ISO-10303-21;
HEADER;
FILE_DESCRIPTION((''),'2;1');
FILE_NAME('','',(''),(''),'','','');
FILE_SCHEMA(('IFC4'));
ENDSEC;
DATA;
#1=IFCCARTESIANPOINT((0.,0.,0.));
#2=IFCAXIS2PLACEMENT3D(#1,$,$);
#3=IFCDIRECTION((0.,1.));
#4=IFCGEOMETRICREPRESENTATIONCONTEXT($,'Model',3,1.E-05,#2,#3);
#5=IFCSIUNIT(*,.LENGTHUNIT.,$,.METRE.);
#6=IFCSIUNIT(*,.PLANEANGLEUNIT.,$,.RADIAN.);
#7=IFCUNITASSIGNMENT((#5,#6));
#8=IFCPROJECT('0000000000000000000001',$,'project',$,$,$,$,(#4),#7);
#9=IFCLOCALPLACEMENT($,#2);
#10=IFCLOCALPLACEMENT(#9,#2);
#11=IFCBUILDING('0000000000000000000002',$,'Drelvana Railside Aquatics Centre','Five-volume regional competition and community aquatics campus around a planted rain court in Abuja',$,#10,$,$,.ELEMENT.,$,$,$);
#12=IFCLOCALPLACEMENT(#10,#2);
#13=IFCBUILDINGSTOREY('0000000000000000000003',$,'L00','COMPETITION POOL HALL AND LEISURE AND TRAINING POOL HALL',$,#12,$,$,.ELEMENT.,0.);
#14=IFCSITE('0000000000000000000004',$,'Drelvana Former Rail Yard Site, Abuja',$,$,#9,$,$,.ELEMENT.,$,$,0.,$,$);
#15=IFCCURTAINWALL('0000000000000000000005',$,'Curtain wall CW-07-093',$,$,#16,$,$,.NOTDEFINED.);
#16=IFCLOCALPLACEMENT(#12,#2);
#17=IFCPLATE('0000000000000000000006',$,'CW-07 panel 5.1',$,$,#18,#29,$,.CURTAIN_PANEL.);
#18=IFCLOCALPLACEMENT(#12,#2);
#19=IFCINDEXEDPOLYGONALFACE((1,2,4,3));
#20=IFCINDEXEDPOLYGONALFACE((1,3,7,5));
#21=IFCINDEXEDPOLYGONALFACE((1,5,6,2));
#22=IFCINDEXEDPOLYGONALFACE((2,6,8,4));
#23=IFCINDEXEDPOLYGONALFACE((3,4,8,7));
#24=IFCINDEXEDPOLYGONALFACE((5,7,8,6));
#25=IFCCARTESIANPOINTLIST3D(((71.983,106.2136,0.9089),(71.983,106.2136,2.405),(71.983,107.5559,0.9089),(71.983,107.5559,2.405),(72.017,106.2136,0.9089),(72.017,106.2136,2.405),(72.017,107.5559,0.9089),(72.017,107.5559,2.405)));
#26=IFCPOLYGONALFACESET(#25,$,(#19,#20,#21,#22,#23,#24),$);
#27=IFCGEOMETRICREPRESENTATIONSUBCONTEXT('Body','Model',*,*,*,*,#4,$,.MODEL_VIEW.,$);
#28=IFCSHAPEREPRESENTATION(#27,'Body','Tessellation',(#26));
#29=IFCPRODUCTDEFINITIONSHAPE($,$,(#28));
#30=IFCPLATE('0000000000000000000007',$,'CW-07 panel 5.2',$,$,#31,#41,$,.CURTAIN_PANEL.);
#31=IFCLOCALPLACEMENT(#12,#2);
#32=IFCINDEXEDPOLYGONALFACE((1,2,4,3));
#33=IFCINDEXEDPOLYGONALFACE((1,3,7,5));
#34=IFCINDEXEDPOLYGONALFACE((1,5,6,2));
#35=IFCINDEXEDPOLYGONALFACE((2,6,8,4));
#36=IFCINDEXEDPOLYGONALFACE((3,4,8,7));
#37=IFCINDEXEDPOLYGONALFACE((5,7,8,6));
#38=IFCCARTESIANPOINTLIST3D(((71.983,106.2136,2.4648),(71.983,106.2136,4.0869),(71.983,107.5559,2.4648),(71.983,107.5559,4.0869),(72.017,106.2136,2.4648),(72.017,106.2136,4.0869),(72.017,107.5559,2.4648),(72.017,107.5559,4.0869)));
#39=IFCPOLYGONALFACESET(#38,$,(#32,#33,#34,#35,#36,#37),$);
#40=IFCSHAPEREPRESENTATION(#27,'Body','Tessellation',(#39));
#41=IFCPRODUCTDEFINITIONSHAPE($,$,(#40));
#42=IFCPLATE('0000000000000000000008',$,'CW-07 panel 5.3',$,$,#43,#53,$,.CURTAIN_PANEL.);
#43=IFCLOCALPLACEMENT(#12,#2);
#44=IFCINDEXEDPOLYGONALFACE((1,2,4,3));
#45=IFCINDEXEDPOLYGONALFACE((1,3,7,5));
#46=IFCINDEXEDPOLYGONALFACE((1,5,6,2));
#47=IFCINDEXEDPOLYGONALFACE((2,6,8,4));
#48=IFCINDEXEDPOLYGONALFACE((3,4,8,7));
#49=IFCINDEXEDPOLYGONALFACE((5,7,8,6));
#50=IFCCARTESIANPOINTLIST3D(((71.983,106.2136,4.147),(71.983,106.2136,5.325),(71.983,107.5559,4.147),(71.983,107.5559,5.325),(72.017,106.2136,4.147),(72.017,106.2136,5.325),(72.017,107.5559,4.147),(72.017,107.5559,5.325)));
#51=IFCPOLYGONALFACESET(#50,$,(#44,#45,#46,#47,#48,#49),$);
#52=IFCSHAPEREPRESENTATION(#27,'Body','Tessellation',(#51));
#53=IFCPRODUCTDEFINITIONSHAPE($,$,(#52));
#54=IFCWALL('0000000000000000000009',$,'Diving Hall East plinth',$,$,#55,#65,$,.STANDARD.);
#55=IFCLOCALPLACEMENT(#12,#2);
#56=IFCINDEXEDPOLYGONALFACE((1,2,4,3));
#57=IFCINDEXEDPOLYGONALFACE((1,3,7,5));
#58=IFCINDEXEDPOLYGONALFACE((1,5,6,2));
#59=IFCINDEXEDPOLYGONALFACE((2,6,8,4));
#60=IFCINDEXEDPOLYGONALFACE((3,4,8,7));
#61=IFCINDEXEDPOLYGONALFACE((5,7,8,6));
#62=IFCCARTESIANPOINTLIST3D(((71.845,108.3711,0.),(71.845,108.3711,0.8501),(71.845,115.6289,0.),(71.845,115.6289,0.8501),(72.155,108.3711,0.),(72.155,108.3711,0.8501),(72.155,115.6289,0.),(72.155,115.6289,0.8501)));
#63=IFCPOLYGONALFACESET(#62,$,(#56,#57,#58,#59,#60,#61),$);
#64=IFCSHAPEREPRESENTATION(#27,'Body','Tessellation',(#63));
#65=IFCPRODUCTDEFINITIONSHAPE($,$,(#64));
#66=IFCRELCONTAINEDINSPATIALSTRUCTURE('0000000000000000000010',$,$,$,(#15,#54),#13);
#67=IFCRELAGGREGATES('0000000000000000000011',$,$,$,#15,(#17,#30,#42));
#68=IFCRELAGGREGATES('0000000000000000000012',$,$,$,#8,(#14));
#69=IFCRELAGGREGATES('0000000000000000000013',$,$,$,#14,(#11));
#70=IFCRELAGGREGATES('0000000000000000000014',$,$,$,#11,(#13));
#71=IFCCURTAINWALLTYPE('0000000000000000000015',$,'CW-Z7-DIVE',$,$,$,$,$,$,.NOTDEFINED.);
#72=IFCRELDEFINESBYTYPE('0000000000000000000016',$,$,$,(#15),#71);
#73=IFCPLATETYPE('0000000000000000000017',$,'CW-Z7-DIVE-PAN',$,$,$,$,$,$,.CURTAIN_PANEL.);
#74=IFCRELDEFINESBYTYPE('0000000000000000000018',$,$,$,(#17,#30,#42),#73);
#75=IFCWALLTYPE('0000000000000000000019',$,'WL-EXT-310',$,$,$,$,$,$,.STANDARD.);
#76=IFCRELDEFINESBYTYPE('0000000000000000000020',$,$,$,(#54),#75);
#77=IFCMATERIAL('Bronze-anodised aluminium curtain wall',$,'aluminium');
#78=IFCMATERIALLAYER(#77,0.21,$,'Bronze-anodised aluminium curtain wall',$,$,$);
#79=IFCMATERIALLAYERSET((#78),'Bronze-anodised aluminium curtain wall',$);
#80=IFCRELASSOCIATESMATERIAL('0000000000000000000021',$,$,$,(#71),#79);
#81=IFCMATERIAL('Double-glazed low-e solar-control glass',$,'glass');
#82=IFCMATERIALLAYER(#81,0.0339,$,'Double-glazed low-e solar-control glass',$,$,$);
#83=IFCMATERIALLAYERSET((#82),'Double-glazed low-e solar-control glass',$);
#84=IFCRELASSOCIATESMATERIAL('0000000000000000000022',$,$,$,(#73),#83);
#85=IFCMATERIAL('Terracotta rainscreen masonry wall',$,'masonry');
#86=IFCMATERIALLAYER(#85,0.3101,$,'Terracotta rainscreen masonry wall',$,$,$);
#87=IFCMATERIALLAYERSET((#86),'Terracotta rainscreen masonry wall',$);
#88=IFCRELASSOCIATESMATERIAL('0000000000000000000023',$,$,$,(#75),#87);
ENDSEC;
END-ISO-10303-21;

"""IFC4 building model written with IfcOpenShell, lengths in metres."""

from ifc_helpers import new_model, si_unit, direction, frame, frame_2d, origin, origin_2d, place, context, subcontext, project, spatial, rectangle, extrude, material, layer, layer_set, type_object, element, aggregate, save


model = new_model("IFC4")

# Units and contexts
model_context = context("Model", 3, precision=1e-05, world=origin(), true_north=direction((0.0, 1.0)))
body_context = subcontext(model_context, "Body", "Model", "MODEL_VIEW")
ifc_project = project(units=[si_unit("LENGTHUNIT", "METRE"), si_unit("PLANEANGLEUNIT", "RADIAN")], contexts=[model_context])

# Site, building, storey
site_placement = place(None, origin())
site = spatial("IfcSite", under=ifc_project, at=site_placement, Name="Drelvana Former Rail Yard Site, Abuja", CompositionType="ELEMENT", RefElevation=0.0)
building_placement = place(site_placement, origin())
building = spatial("IfcBuilding", under=site, at=building_placement, Name="Drelvana Railside Aquatics Centre", Description="Five-volume regional competition and community aquatics campus around a planted rain court in Abuja", CompositionType="ELEMENT")
storey_placement = place(building_placement, origin())
storey = spatial("IfcBuildingStorey", under=building, at=storey_placement, Name="L00", Description="COMPETITION POOL HALL AND LEISURE AND TRAINING POOL HALL", CompositionType="ELEMENT", Elevation=0.0)

# Curtain wall
ifc_material_1 = material(Name="Bronze-anodised aluminium curtain wall", Category="aluminium")
ifc_layer_1 = layer(ifc_material_1, 0.21, Name="Bronze-anodised aluminium curtain wall")
ifc_layer_set_1 = layer_set([ifc_layer_1], Name="Bronze-anodised aluminium curtain wall")
curtain_wall_type = type_object("IfcCurtainWallType", Name="CW-Z7-DIVE", PredefinedType="NOTDEFINED", material=ifc_layer_set_1)
curtain_wall_1_placement = place(storey_placement, origin())
curtain_wall_1 = element("IfcCurtainWall", 1, at=curtain_wall_1_placement, inside=storey, type_object=curtain_wall_type, Name="Curtain wall CW-07-093", PredefinedType="NOTDEFINED")

# Plates
ifc_material_2 = material(Name="Double-glazed low-e solar-control glass", Category="glass")
ifc_layer_2 = layer(ifc_material_2, 0.0339, Name="Double-glazed low-e solar-control glass")
ifc_layer_set_2 = layer_set([ifc_layer_2], Name="Double-glazed low-e solar-control glass")
plate_type = type_object("IfcPlateType", Name="CW-Z7-DIVE-PAN", PredefinedType="CURTAIN_PANEL", material=ifc_layer_set_2)
plate_1_placement = place(storey_placement, frame((72.0, 106.8848, 0.9089), z_axis=(0.0, 0.0, 1.0), x_axis=(0.0, 1.0, 0.0)))
plate_1 = element("IfcPlate", 2, at=plate_1_placement, type_object=plate_type, Name="CW-07 panel 5.1", PredefinedType="CURTAIN_PANEL", context=body_context, shape_type="SweptSolid", body=[
    extrude(rectangle(XDim=1.3423, YDim=0.0339, at=origin_2d()), origin(), (0.0, 0.0, 1.0), 1.4961),
])
plate_2_placement = place(storey_placement, frame((72.0, 106.8848, 2.4648), z_axis=(0.0, 0.0, 1.0), x_axis=(0.0, 1.0, 0.0)))
plate_2 = element("IfcPlate", 3, at=plate_2_placement, type_object=plate_type, Name="CW-07 panel 5.2", PredefinedType="CURTAIN_PANEL", context=body_context, shape_type="SweptSolid", body=[
    extrude(rectangle(XDim=1.3423, YDim=0.0339, at=origin_2d()), origin(), (0.0, 0.0, 1.0), 1.6221),
])
plate_3_placement = place(storey_placement, frame((72.0, 106.8848, 4.147), z_axis=(0.0, 0.0, 1.0), x_axis=(0.0, 1.0, 0.0)))
plate_3 = element("IfcPlate", 4, at=plate_3_placement, type_object=plate_type, Name="CW-07 panel 5.3", PredefinedType="CURTAIN_PANEL", context=body_context, shape_type="SweptSolid", body=[
    extrude(rectangle(XDim=1.3423, YDim=0.0339, at=origin_2d()), origin(), (0.0, 0.0, 1.0), 1.178),
])
aggregate(curtain_wall_1, [plate_1, plate_2, plate_3])

# Wall
ifc_material_3 = material(Name="Terracotta rainscreen masonry wall", Category="masonry")
ifc_layer_3 = layer(ifc_material_3, 0.3101, Name="Terracotta rainscreen masonry wall")
ifc_layer_set_3 = layer_set([ifc_layer_3], Name="Terracotta rainscreen masonry wall")
wall_type = type_object("IfcWallType", Name="WL-EXT-310", PredefinedType="STANDARD", material=ifc_layer_set_3)
wall_placement = place(storey_placement, frame((72.0, 108.3711, 0.0), z_axis=(0.0, 0.0, 1.0), x_axis=(0.0, 1.0, 0.0)))
element("IfcWall", 5, at=wall_placement, inside=storey, type_object=wall_type, Name="Diving Hall East plinth", PredefinedType="STANDARD", context=body_context, shape_type="SweptSolid", body=[
    extrude(rectangle(XDim=7.2578, YDim=0.3101, at=frame_2d((3.6289, 0.0))), origin(), (0.0, 0.0, 1.0), 0.8501),
])

save(model, "model.ifc")
